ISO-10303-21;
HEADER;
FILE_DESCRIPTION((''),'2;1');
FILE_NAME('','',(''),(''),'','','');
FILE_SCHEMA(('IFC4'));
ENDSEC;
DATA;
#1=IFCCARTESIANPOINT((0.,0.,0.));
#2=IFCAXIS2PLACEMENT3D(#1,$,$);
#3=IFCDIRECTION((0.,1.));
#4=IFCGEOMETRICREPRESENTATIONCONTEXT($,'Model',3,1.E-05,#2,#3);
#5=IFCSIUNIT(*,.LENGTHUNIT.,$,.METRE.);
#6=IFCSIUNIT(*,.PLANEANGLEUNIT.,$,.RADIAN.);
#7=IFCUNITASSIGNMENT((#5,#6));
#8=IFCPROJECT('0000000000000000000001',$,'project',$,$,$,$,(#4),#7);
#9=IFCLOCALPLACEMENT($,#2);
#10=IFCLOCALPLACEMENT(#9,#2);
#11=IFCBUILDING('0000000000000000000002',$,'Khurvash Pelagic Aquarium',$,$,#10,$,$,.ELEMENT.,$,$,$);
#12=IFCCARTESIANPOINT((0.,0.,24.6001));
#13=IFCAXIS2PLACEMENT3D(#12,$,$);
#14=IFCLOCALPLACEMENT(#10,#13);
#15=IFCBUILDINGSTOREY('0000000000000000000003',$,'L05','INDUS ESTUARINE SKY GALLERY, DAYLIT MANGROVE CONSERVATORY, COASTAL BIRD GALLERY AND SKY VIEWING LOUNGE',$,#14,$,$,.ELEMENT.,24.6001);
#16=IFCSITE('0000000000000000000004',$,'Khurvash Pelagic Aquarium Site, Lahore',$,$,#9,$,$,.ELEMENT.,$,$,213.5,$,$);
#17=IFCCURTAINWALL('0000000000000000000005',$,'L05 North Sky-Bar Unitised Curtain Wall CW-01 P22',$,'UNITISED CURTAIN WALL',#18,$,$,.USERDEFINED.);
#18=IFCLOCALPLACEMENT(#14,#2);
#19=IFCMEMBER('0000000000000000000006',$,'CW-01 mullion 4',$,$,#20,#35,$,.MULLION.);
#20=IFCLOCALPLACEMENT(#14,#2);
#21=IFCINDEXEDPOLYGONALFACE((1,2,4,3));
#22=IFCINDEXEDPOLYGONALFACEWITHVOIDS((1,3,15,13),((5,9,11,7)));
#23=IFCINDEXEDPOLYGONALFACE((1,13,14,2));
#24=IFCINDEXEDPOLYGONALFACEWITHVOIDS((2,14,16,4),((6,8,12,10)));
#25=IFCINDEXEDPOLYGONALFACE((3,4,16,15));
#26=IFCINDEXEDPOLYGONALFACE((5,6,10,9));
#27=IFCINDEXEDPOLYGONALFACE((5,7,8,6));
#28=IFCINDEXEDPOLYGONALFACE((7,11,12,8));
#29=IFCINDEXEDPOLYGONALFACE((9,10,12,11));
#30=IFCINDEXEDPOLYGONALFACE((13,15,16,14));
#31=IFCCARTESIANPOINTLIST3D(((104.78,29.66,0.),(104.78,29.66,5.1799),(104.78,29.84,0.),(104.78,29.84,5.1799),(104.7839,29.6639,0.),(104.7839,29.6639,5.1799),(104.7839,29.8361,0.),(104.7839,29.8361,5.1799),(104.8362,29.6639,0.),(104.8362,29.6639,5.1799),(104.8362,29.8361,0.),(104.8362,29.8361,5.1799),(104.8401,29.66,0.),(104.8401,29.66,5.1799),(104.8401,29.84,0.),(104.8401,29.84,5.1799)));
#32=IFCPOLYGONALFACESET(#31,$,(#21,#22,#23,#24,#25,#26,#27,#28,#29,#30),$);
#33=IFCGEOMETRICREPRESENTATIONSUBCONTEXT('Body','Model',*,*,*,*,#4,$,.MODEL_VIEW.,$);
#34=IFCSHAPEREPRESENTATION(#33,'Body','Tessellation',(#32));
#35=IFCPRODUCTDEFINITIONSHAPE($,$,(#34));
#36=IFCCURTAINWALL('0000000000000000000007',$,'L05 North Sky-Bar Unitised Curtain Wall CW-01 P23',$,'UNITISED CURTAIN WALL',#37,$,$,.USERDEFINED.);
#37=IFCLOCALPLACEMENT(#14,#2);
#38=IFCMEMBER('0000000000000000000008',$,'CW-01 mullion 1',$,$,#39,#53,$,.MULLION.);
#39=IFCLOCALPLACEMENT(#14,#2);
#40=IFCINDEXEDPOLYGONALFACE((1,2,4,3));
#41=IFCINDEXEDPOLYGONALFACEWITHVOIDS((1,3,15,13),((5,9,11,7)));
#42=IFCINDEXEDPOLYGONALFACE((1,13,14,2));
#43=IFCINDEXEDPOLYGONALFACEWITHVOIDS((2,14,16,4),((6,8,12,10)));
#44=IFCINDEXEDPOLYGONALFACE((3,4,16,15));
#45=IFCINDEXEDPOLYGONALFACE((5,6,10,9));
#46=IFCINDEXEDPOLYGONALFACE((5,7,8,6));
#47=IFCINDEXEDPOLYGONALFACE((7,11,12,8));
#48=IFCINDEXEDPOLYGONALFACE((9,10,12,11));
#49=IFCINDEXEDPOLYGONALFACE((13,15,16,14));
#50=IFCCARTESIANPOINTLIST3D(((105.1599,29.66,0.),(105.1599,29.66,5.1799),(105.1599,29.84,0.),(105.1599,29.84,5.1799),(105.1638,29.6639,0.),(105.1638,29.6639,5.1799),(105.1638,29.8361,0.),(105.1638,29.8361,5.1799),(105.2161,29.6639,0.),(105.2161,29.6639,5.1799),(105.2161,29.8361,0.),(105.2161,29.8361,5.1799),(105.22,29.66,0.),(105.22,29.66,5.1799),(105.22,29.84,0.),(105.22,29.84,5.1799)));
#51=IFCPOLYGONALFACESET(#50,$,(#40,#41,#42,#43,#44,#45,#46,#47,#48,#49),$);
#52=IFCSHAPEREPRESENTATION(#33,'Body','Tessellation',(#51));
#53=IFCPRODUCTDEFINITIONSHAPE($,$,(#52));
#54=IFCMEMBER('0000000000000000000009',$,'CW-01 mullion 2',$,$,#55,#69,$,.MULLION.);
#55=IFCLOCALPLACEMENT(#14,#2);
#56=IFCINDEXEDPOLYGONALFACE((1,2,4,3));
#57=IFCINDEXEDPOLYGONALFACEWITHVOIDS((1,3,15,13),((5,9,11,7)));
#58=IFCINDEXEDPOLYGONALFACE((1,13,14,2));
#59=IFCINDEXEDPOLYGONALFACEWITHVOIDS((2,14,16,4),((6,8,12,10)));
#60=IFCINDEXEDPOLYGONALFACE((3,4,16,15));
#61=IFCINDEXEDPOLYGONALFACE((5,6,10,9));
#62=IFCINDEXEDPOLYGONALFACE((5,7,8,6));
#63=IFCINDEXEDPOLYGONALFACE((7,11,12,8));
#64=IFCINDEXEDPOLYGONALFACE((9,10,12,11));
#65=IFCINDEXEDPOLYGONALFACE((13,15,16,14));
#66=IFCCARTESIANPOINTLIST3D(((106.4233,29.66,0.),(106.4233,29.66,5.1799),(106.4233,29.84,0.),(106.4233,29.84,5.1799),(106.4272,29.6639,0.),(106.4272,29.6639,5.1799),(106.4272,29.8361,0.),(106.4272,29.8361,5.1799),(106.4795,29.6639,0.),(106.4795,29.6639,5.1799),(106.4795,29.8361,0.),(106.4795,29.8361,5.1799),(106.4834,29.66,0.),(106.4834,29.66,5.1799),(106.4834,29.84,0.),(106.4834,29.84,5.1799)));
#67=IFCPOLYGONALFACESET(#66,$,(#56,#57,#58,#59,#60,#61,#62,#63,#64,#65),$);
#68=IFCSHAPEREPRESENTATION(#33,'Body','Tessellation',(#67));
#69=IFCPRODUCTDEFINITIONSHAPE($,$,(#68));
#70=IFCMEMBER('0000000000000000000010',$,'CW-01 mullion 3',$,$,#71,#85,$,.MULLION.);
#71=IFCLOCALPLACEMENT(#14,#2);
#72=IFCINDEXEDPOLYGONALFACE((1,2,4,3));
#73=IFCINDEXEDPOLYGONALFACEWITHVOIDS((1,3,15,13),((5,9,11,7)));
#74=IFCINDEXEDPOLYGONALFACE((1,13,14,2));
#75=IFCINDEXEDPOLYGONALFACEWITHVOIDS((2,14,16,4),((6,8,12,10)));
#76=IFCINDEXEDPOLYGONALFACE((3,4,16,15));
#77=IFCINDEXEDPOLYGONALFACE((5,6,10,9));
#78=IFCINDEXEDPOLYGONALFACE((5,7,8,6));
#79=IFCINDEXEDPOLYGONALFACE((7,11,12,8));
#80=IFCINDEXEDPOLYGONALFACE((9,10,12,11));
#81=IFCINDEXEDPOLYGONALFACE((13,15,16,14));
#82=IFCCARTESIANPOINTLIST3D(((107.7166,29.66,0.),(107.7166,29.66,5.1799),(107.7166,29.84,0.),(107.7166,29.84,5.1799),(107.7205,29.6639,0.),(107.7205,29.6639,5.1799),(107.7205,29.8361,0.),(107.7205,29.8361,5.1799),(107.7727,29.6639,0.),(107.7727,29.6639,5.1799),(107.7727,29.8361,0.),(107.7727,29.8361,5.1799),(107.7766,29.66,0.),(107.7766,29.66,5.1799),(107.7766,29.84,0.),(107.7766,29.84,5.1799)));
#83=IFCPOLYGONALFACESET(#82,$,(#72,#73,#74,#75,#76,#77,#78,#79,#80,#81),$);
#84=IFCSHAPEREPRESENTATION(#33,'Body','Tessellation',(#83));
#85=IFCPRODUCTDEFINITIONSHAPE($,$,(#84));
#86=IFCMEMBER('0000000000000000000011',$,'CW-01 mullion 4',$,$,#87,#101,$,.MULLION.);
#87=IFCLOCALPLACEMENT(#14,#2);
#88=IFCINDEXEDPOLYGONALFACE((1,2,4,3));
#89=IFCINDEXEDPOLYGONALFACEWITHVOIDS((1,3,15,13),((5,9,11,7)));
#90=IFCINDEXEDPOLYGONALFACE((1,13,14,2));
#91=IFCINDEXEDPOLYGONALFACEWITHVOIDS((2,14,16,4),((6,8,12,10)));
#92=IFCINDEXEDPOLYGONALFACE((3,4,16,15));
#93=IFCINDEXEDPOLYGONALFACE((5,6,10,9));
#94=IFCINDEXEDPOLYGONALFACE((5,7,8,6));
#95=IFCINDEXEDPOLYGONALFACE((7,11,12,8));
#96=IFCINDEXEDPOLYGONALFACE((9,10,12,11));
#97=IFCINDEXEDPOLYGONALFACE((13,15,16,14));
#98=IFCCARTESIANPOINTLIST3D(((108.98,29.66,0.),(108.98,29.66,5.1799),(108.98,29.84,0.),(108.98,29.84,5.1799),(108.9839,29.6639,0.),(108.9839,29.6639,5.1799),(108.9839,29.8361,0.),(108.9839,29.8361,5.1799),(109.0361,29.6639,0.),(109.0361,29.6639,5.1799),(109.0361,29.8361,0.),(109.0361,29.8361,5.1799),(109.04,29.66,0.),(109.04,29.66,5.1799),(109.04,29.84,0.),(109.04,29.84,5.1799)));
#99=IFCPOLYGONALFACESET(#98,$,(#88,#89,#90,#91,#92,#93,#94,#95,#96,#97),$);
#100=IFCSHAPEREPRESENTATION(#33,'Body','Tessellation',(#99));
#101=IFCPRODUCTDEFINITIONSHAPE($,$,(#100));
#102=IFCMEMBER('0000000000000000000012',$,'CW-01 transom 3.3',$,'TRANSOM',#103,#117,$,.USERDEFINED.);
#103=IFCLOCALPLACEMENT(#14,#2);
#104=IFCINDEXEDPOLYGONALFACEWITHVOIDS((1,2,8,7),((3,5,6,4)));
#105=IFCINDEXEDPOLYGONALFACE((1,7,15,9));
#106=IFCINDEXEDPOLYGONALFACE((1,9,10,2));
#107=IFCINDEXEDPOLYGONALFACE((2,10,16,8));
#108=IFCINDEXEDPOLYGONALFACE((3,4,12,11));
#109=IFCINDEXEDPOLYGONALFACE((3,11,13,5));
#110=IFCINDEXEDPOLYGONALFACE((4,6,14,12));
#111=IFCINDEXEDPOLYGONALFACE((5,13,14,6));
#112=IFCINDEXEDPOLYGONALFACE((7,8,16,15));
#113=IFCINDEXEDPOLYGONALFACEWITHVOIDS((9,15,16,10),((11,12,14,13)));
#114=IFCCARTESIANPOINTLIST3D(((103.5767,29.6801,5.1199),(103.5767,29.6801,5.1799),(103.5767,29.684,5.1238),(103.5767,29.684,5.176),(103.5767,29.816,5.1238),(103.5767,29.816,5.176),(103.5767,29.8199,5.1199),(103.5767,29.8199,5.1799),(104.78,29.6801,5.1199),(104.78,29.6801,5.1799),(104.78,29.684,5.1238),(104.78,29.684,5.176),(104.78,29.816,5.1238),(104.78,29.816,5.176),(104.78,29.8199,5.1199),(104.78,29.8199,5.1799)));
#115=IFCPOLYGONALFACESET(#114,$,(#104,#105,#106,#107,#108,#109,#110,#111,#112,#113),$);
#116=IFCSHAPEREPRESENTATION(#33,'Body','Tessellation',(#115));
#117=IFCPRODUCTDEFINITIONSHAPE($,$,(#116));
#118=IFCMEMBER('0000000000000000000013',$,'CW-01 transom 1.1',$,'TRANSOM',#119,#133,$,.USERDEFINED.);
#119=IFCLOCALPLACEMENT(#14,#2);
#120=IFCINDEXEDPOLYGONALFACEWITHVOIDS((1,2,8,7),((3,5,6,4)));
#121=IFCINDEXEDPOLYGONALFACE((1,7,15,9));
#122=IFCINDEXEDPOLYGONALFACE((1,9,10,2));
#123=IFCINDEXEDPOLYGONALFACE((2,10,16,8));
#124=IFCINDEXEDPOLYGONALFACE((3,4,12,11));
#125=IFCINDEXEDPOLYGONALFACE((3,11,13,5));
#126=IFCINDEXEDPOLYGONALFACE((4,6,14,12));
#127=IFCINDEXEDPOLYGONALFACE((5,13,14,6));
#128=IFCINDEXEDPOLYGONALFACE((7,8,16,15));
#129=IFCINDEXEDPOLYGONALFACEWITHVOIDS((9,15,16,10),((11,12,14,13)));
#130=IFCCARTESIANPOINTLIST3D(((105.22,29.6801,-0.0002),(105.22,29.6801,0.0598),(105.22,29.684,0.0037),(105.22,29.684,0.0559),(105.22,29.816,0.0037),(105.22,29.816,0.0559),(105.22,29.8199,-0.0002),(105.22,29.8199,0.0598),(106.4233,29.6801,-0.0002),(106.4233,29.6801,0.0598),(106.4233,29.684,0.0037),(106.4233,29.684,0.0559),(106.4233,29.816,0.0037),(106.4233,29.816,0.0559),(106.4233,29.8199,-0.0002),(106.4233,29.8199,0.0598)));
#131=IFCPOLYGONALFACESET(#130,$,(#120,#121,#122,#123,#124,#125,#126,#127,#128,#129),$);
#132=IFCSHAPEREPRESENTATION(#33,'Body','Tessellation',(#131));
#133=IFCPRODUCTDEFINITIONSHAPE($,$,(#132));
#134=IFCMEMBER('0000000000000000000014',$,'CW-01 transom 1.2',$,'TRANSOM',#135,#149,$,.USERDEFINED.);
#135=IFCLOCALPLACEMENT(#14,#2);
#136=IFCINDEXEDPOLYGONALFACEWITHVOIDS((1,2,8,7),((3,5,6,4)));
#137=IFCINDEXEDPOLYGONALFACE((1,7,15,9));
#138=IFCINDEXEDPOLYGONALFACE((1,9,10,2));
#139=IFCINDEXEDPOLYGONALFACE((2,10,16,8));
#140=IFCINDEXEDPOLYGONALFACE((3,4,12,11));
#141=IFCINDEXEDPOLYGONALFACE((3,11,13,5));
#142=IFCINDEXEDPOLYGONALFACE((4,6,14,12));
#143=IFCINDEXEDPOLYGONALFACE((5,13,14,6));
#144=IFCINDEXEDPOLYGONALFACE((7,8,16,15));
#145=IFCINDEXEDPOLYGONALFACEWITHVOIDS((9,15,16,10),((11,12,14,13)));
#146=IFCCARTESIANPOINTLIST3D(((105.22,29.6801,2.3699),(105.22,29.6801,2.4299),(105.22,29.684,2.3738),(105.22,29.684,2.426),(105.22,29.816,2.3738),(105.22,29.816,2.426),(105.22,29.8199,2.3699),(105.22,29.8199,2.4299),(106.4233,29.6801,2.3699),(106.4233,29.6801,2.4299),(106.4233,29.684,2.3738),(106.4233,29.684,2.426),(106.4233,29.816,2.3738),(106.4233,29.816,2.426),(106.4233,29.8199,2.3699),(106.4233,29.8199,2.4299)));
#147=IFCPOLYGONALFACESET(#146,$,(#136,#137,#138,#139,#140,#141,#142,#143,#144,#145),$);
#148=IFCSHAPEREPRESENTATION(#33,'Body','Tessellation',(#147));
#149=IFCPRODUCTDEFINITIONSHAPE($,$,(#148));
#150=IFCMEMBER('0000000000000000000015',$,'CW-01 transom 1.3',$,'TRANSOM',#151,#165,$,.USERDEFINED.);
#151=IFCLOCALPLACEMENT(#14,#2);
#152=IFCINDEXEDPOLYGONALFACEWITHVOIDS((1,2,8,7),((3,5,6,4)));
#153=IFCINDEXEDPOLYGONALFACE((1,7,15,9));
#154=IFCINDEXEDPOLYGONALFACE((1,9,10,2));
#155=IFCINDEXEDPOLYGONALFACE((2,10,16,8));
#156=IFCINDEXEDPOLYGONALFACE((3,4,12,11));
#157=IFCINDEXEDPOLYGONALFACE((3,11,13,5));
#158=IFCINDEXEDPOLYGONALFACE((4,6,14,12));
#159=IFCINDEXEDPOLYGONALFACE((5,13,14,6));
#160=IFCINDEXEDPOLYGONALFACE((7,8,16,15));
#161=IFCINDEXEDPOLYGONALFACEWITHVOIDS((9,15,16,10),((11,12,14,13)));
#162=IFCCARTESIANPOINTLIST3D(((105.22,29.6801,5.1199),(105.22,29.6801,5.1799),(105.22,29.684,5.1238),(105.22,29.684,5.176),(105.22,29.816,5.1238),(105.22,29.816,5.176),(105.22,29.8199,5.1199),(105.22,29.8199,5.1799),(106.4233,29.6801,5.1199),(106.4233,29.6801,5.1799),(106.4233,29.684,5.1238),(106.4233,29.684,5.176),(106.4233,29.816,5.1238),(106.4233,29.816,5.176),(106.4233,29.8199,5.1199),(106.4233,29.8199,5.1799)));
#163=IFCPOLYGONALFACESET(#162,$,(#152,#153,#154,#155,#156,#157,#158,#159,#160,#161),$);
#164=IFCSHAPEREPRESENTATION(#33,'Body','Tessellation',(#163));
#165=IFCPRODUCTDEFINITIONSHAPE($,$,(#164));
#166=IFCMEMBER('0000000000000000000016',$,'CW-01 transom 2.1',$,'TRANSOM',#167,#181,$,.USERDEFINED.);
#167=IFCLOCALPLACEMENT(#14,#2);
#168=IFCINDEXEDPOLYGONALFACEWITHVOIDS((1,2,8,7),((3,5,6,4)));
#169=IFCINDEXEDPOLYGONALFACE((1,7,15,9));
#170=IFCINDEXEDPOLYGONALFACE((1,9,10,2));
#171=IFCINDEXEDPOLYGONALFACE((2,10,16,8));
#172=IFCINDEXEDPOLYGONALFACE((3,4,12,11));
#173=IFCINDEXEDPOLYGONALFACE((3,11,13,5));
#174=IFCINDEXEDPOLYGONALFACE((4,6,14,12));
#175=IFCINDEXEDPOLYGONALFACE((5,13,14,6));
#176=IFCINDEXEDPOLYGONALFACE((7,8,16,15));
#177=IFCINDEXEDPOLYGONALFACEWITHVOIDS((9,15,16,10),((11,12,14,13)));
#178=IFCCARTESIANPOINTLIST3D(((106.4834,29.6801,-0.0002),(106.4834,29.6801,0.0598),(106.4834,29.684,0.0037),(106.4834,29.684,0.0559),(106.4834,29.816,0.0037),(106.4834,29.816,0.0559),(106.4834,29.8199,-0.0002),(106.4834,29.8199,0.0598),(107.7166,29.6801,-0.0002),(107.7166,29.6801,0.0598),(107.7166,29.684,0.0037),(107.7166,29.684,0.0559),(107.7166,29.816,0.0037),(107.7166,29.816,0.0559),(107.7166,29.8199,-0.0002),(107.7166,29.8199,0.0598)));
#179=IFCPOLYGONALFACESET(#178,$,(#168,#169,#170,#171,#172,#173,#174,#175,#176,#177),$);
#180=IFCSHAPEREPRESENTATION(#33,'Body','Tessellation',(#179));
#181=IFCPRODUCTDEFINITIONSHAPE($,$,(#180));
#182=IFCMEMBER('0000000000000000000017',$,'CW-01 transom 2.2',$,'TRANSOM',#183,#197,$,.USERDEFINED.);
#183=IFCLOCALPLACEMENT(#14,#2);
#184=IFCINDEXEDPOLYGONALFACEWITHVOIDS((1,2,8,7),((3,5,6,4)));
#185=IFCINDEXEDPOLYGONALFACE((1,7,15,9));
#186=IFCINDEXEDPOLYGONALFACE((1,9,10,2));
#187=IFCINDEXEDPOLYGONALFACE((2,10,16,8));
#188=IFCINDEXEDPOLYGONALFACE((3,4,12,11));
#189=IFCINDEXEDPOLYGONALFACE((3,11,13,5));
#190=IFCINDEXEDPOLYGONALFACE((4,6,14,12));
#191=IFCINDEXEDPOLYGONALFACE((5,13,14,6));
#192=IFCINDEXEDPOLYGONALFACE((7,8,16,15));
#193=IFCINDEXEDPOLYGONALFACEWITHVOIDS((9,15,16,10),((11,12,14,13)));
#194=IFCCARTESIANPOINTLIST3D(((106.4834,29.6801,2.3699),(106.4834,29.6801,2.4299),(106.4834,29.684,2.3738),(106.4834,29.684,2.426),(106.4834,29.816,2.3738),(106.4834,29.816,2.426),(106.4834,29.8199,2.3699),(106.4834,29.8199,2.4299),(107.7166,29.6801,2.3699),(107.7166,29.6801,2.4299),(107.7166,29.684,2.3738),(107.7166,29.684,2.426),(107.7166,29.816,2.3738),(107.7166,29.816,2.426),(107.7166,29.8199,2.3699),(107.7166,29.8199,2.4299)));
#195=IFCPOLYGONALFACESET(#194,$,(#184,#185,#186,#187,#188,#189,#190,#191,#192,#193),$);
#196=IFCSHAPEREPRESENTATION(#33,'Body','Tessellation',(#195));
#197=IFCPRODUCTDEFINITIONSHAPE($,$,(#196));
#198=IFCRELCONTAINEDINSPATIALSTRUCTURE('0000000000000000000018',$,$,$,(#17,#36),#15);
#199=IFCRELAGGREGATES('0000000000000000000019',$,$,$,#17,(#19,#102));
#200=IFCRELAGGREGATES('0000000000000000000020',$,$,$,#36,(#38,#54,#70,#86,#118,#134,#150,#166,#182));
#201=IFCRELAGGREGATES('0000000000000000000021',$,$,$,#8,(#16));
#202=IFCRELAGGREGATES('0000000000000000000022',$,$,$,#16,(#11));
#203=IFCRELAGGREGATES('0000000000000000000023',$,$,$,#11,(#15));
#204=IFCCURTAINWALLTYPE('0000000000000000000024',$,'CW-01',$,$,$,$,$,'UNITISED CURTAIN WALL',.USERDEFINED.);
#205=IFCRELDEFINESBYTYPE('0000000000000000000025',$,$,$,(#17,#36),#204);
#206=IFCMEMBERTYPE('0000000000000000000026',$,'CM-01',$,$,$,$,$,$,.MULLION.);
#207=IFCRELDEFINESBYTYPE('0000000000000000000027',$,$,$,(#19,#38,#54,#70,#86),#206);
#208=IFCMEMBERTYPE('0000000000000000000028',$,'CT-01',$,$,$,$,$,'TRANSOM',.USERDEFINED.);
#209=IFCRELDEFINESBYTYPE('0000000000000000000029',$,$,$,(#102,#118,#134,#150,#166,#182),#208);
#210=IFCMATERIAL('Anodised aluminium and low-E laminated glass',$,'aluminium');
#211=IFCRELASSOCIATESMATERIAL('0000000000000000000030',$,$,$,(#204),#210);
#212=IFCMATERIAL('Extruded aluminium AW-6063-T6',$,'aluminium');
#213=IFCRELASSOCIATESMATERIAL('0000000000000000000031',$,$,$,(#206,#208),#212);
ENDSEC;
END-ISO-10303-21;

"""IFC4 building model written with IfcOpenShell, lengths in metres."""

from ifc_helpers import new_model, si_unit, direction, frame, origin, origin_2d, place, context, subcontext, project, spatial, hollow_rectangle, extrude, material, material_profile, profile_set, type_object, element, aggregate, save


model = new_model("IFC4")

# Units and contexts
model_context = context("Model", 3, precision=1e-05, world=origin(), true_north=direction((0.0, 1.0)))
body_context = subcontext(model_context, "Body", "Model", "MODEL_VIEW")
ifc_project = project(units=[si_unit("LENGTHUNIT", "METRE"), si_unit("PLANEANGLEUNIT", "RADIAN")], contexts=[model_context])

# Site, building, storey
site_placement = place(None, origin())
site = spatial("IfcSite", under=ifc_project, at=site_placement, Name="Khurvash Pelagic Aquarium Site, Lahore", CompositionType="ELEMENT", RefElevation=213.5)
building_placement = place(site_placement, origin())
building = spatial("IfcBuilding", under=site, at=building_placement, Name="Khurvash Pelagic Aquarium", CompositionType="ELEMENT")
storey_placement = place(building_placement, frame((0.0, 0.0, 24.6001)))
storey = spatial("IfcBuildingStorey", under=building, at=storey_placement, Name="L05", Description="INDUS ESTUARINE SKY GALLERY, DAYLIT MANGROVE CONSERVATORY, COASTAL BIRD GALLERY AND SKY VIEWING LOUNGE", CompositionType="ELEMENT", Elevation=24.6001)

# Curtain wall, member
ifc_material_1 = material(Name="Anodised aluminium and low-E laminated glass", Category="aluminium")
curtain_wall_type = type_object("IfcCurtainWallType", Name="CW-01", ElementType="UNITISED CURTAIN WALL", PredefinedType="USERDEFINED", material=ifc_material_1)
curtain_wall_1_placement = place(storey_placement, origin())
curtain_wall_1 = element("IfcCurtainWall", 1, at=curtain_wall_1_placement, inside=storey, type_object=curtain_wall_type, Name="L05 North Sky-Bar Unitised Curtain Wall CW-01 P22", ObjectType="UNITISED CURTAIN WALL", PredefinedType="USERDEFINED")
ifc_material_2 = material(Name="Extruded aluminium AW-6063-T6", Category="aluminium")
ifc_material_profile_1 = material_profile(ifc_material_2, hollow_rectangle(XDim=0.0601, YDim=0.1799, WallThickness=0.0039, at=origin_2d()), Name="CWM60X180X4")
ifc_profile_set_1 = profile_set([ifc_material_profile_1], Name="Extruded aluminium AW-6063-T6")
member_type_1 = type_object("IfcMemberType", Name="CM-01", PredefinedType="MULLION", material=ifc_profile_set_1)
member_1_placement = place(storey_placement, frame((104.8101, 29.75, 0.0), z_axis=(0.0, 0.0, 1.0), x_axis=(1.0, 0.0, 0.0)))
member_1 = element("IfcMember", 2, at=member_1_placement, type_object=member_type_1, Name="CW-01 mullion 4", PredefinedType="MULLION", context=body_context, shape_type="SweptSolid", body=[
    extrude(hollow_rectangle(XDim=0.0601, YDim=0.1799, WallThickness=0.0039, at=origin_2d()), origin(), (0.0, 0.0, 1.0), 5.1799),
])

# Curtain wall, members
curtain_wall_2_placement = place(storey_placement, origin())
curtain_wall_2 = element("IfcCurtainWall", 3, at=curtain_wall_2_placement, inside=storey, type_object=curtain_wall_type, Name="L05 North Sky-Bar Unitised Curtain Wall CW-01 P23", ObjectType="UNITISED CURTAIN WALL", PredefinedType="USERDEFINED")
member_2_placement = place(storey_placement, frame((105.1899, 29.75, 0.0), z_axis=(0.0, 0.0, 1.0), x_axis=(1.0, 0.0, 0.0)))
member_2 = element("IfcMember", 4, at=member_2_placement, type_object=member_type_1, Name="CW-01 mullion 1", PredefinedType="MULLION", context=body_context, shape_type="SweptSolid", body=[
    extrude(hollow_rectangle(XDim=0.0601, YDim=0.1799, WallThickness=0.0039, at=origin_2d()), origin(), (0.0, 0.0, 1.0), 5.1799),
])
member_3_placement = place(storey_placement, frame((106.4534, 29.75, 0.0), z_axis=(0.0, 0.0, 1.0), x_axis=(1.0, 0.0, 0.0)))
member_3 = element("IfcMember", 5, at=member_3_placement, type_object=member_type_1, Name="CW-01 mullion 2", PredefinedType="MULLION", context=body_context, shape_type="SweptSolid", body=[
    extrude(hollow_rectangle(XDim=0.0601, YDim=0.1799, WallThickness=0.0039, at=origin_2d()), origin(), (0.0, 0.0, 1.0), 5.1799),
])
member_4_placement = place(storey_placement, frame((107.7466, 29.75, 0.0), z_axis=(0.0, 0.0, 1.0), x_axis=(1.0, 0.0, 0.0)))
member_4 = element("IfcMember", 6, at=member_4_placement, type_object=member_type_1, Name="CW-01 mullion 3", PredefinedType="MULLION", context=body_context, shape_type="SweptSolid", body=[
    extrude(hollow_rectangle(XDim=0.0601, YDim=0.1799, WallThickness=0.0039, at=origin_2d()), origin(), (0.0, 0.0, 1.0), 5.1799),
])
member_5_placement = place(storey_placement, frame((109.01, 29.75, 0.0), z_axis=(0.0, 0.0, 1.0), x_axis=(1.0, 0.0, 0.0)))
member_5 = element("IfcMember", 7, at=member_5_placement, type_object=member_type_1, Name="CW-01 mullion 4", PredefinedType="MULLION", context=body_context, shape_type="SweptSolid", body=[
    extrude(hollow_rectangle(XDim=0.0601, YDim=0.1799, WallThickness=0.0039, at=origin_2d()), origin(), (0.0, 0.0, 1.0), 5.1799),
])

# Members
ifc_material_profile_2 = material_profile(ifc_material_2, hollow_rectangle(XDim=0.1399, YDim=0.0601, WallThickness=0.0039, at=origin_2d()), Name="CWT140X60X4")
ifc_profile_set_2 = profile_set([ifc_material_profile_2], Name="Extruded aluminium AW-6063-T6")
member_type_2 = type_object("IfcMemberType", Name="CT-01", ElementType="TRANSOM", PredefinedType="USERDEFINED", material=ifc_profile_set_2)
member_6_placement = place(storey_placement, frame((103.5767, 29.75, 5.1499), z_axis=(1.0, 0.0, 0.0), x_axis=(0.0, 1.0, 0.0)))
member_6 = element("IfcMember", 8, at=member_6_placement, type_object=member_type_2, Name="CW-01 transom 3.3", ObjectType="TRANSOM", PredefinedType="USERDEFINED", context=body_context, shape_type="SweptSolid", body=[
    extrude(hollow_rectangle(XDim=0.1399, YDim=0.0601, WallThickness=0.0039, at=origin_2d()), origin(), (0.0, 0.0, 1.0), 1.2034),
])
member_7_placement = place(storey_placement, frame((105.22, 29.75, 0.0298), z_axis=(1.0, 0.0, 0.0), x_axis=(0.0, 1.0, 0.0)))
member_7 = element("IfcMember", 9, at=member_7_placement, type_object=member_type_2, Name="CW-01 transom 1.1", ObjectType="TRANSOM", PredefinedType="USERDEFINED", context=body_context, shape_type="SweptSolid", body=[
    extrude(hollow_rectangle(XDim=0.1399, YDim=0.0601, WallThickness=0.0039, at=origin_2d()), origin(), (0.0, 0.0, 1.0), 1.2034),
])
member_8_placement = place(storey_placement, frame((105.22, 29.75, 2.3999), z_axis=(1.0, 0.0, 0.0), x_axis=(0.0, 1.0, 0.0)))
member_8 = element("IfcMember", 10, at=member_8_placement, type_object=member_type_2, Name="CW-01 transom 1.2", ObjectType="TRANSOM", PredefinedType="USERDEFINED", context=body_context, shape_type="SweptSolid", body=[
    extrude(hollow_rectangle(XDim=0.1399, YDim=0.0601, WallThickness=0.0039, at=origin_2d()), origin(), (0.0, 0.0, 1.0), 1.2034),
])
member_9_placement = place(storey_placement, frame((105.22, 29.75, 5.1499), z_axis=(1.0, 0.0, 0.0), x_axis=(0.0, 1.0, 0.0)))
member_9 = element("IfcMember", 11, at=member_9_placement, type_object=member_type_2, Name="CW-01 transom 1.3", ObjectType="TRANSOM", PredefinedType="USERDEFINED", context=body_context, shape_type="SweptSolid", body=[
    extrude(hollow_rectangle(XDim=0.1399, YDim=0.0601, WallThickness=0.0039, at=origin_2d()), origin(), (0.0, 0.0, 1.0), 1.2034),
])
member_10_placement = place(storey_placement, frame((106.4834, 29.75, 0.0298), z_axis=(1.0, 0.0, 0.0), x_axis=(0.0, 1.0, 0.0)))
member_10 = element("IfcMember", 12, at=member_10_placement, type_object=member_type_2, Name="CW-01 transom 2.1", ObjectType="TRANSOM", PredefinedType="USERDEFINED", context=body_context, shape_type="SweptSolid", body=[
    extrude(hollow_rectangle(XDim=0.1399, YDim=0.0601, WallThickness=0.0039, at=origin_2d()), origin(), (0.0, 0.0, 1.0), 1.2332),
])
member_11_placement = place(storey_placement, frame((106.4834, 29.75, 2.3999), z_axis=(1.0, 0.0, 0.0), x_axis=(0.0, 1.0, 0.0)))
member_11 = element("IfcMember", 13, at=member_11_placement, type_object=member_type_2, Name="CW-01 transom 2.2", ObjectType="TRANSOM", PredefinedType="USERDEFINED", context=body_context, shape_type="SweptSolid", body=[
    extrude(hollow_rectangle(XDim=0.1399, YDim=0.0601, WallThickness=0.0039, at=origin_2d()), origin(), (0.0, 0.0, 1.0), 1.2332),
])

aggregate(curtain_wall_1, [member_1, member_6])
aggregate(curtain_wall_2, [member_2, member_3, member_4, member_5, member_7, member_8, member_9, member_10, member_11])

save(model, "model.ifc")
